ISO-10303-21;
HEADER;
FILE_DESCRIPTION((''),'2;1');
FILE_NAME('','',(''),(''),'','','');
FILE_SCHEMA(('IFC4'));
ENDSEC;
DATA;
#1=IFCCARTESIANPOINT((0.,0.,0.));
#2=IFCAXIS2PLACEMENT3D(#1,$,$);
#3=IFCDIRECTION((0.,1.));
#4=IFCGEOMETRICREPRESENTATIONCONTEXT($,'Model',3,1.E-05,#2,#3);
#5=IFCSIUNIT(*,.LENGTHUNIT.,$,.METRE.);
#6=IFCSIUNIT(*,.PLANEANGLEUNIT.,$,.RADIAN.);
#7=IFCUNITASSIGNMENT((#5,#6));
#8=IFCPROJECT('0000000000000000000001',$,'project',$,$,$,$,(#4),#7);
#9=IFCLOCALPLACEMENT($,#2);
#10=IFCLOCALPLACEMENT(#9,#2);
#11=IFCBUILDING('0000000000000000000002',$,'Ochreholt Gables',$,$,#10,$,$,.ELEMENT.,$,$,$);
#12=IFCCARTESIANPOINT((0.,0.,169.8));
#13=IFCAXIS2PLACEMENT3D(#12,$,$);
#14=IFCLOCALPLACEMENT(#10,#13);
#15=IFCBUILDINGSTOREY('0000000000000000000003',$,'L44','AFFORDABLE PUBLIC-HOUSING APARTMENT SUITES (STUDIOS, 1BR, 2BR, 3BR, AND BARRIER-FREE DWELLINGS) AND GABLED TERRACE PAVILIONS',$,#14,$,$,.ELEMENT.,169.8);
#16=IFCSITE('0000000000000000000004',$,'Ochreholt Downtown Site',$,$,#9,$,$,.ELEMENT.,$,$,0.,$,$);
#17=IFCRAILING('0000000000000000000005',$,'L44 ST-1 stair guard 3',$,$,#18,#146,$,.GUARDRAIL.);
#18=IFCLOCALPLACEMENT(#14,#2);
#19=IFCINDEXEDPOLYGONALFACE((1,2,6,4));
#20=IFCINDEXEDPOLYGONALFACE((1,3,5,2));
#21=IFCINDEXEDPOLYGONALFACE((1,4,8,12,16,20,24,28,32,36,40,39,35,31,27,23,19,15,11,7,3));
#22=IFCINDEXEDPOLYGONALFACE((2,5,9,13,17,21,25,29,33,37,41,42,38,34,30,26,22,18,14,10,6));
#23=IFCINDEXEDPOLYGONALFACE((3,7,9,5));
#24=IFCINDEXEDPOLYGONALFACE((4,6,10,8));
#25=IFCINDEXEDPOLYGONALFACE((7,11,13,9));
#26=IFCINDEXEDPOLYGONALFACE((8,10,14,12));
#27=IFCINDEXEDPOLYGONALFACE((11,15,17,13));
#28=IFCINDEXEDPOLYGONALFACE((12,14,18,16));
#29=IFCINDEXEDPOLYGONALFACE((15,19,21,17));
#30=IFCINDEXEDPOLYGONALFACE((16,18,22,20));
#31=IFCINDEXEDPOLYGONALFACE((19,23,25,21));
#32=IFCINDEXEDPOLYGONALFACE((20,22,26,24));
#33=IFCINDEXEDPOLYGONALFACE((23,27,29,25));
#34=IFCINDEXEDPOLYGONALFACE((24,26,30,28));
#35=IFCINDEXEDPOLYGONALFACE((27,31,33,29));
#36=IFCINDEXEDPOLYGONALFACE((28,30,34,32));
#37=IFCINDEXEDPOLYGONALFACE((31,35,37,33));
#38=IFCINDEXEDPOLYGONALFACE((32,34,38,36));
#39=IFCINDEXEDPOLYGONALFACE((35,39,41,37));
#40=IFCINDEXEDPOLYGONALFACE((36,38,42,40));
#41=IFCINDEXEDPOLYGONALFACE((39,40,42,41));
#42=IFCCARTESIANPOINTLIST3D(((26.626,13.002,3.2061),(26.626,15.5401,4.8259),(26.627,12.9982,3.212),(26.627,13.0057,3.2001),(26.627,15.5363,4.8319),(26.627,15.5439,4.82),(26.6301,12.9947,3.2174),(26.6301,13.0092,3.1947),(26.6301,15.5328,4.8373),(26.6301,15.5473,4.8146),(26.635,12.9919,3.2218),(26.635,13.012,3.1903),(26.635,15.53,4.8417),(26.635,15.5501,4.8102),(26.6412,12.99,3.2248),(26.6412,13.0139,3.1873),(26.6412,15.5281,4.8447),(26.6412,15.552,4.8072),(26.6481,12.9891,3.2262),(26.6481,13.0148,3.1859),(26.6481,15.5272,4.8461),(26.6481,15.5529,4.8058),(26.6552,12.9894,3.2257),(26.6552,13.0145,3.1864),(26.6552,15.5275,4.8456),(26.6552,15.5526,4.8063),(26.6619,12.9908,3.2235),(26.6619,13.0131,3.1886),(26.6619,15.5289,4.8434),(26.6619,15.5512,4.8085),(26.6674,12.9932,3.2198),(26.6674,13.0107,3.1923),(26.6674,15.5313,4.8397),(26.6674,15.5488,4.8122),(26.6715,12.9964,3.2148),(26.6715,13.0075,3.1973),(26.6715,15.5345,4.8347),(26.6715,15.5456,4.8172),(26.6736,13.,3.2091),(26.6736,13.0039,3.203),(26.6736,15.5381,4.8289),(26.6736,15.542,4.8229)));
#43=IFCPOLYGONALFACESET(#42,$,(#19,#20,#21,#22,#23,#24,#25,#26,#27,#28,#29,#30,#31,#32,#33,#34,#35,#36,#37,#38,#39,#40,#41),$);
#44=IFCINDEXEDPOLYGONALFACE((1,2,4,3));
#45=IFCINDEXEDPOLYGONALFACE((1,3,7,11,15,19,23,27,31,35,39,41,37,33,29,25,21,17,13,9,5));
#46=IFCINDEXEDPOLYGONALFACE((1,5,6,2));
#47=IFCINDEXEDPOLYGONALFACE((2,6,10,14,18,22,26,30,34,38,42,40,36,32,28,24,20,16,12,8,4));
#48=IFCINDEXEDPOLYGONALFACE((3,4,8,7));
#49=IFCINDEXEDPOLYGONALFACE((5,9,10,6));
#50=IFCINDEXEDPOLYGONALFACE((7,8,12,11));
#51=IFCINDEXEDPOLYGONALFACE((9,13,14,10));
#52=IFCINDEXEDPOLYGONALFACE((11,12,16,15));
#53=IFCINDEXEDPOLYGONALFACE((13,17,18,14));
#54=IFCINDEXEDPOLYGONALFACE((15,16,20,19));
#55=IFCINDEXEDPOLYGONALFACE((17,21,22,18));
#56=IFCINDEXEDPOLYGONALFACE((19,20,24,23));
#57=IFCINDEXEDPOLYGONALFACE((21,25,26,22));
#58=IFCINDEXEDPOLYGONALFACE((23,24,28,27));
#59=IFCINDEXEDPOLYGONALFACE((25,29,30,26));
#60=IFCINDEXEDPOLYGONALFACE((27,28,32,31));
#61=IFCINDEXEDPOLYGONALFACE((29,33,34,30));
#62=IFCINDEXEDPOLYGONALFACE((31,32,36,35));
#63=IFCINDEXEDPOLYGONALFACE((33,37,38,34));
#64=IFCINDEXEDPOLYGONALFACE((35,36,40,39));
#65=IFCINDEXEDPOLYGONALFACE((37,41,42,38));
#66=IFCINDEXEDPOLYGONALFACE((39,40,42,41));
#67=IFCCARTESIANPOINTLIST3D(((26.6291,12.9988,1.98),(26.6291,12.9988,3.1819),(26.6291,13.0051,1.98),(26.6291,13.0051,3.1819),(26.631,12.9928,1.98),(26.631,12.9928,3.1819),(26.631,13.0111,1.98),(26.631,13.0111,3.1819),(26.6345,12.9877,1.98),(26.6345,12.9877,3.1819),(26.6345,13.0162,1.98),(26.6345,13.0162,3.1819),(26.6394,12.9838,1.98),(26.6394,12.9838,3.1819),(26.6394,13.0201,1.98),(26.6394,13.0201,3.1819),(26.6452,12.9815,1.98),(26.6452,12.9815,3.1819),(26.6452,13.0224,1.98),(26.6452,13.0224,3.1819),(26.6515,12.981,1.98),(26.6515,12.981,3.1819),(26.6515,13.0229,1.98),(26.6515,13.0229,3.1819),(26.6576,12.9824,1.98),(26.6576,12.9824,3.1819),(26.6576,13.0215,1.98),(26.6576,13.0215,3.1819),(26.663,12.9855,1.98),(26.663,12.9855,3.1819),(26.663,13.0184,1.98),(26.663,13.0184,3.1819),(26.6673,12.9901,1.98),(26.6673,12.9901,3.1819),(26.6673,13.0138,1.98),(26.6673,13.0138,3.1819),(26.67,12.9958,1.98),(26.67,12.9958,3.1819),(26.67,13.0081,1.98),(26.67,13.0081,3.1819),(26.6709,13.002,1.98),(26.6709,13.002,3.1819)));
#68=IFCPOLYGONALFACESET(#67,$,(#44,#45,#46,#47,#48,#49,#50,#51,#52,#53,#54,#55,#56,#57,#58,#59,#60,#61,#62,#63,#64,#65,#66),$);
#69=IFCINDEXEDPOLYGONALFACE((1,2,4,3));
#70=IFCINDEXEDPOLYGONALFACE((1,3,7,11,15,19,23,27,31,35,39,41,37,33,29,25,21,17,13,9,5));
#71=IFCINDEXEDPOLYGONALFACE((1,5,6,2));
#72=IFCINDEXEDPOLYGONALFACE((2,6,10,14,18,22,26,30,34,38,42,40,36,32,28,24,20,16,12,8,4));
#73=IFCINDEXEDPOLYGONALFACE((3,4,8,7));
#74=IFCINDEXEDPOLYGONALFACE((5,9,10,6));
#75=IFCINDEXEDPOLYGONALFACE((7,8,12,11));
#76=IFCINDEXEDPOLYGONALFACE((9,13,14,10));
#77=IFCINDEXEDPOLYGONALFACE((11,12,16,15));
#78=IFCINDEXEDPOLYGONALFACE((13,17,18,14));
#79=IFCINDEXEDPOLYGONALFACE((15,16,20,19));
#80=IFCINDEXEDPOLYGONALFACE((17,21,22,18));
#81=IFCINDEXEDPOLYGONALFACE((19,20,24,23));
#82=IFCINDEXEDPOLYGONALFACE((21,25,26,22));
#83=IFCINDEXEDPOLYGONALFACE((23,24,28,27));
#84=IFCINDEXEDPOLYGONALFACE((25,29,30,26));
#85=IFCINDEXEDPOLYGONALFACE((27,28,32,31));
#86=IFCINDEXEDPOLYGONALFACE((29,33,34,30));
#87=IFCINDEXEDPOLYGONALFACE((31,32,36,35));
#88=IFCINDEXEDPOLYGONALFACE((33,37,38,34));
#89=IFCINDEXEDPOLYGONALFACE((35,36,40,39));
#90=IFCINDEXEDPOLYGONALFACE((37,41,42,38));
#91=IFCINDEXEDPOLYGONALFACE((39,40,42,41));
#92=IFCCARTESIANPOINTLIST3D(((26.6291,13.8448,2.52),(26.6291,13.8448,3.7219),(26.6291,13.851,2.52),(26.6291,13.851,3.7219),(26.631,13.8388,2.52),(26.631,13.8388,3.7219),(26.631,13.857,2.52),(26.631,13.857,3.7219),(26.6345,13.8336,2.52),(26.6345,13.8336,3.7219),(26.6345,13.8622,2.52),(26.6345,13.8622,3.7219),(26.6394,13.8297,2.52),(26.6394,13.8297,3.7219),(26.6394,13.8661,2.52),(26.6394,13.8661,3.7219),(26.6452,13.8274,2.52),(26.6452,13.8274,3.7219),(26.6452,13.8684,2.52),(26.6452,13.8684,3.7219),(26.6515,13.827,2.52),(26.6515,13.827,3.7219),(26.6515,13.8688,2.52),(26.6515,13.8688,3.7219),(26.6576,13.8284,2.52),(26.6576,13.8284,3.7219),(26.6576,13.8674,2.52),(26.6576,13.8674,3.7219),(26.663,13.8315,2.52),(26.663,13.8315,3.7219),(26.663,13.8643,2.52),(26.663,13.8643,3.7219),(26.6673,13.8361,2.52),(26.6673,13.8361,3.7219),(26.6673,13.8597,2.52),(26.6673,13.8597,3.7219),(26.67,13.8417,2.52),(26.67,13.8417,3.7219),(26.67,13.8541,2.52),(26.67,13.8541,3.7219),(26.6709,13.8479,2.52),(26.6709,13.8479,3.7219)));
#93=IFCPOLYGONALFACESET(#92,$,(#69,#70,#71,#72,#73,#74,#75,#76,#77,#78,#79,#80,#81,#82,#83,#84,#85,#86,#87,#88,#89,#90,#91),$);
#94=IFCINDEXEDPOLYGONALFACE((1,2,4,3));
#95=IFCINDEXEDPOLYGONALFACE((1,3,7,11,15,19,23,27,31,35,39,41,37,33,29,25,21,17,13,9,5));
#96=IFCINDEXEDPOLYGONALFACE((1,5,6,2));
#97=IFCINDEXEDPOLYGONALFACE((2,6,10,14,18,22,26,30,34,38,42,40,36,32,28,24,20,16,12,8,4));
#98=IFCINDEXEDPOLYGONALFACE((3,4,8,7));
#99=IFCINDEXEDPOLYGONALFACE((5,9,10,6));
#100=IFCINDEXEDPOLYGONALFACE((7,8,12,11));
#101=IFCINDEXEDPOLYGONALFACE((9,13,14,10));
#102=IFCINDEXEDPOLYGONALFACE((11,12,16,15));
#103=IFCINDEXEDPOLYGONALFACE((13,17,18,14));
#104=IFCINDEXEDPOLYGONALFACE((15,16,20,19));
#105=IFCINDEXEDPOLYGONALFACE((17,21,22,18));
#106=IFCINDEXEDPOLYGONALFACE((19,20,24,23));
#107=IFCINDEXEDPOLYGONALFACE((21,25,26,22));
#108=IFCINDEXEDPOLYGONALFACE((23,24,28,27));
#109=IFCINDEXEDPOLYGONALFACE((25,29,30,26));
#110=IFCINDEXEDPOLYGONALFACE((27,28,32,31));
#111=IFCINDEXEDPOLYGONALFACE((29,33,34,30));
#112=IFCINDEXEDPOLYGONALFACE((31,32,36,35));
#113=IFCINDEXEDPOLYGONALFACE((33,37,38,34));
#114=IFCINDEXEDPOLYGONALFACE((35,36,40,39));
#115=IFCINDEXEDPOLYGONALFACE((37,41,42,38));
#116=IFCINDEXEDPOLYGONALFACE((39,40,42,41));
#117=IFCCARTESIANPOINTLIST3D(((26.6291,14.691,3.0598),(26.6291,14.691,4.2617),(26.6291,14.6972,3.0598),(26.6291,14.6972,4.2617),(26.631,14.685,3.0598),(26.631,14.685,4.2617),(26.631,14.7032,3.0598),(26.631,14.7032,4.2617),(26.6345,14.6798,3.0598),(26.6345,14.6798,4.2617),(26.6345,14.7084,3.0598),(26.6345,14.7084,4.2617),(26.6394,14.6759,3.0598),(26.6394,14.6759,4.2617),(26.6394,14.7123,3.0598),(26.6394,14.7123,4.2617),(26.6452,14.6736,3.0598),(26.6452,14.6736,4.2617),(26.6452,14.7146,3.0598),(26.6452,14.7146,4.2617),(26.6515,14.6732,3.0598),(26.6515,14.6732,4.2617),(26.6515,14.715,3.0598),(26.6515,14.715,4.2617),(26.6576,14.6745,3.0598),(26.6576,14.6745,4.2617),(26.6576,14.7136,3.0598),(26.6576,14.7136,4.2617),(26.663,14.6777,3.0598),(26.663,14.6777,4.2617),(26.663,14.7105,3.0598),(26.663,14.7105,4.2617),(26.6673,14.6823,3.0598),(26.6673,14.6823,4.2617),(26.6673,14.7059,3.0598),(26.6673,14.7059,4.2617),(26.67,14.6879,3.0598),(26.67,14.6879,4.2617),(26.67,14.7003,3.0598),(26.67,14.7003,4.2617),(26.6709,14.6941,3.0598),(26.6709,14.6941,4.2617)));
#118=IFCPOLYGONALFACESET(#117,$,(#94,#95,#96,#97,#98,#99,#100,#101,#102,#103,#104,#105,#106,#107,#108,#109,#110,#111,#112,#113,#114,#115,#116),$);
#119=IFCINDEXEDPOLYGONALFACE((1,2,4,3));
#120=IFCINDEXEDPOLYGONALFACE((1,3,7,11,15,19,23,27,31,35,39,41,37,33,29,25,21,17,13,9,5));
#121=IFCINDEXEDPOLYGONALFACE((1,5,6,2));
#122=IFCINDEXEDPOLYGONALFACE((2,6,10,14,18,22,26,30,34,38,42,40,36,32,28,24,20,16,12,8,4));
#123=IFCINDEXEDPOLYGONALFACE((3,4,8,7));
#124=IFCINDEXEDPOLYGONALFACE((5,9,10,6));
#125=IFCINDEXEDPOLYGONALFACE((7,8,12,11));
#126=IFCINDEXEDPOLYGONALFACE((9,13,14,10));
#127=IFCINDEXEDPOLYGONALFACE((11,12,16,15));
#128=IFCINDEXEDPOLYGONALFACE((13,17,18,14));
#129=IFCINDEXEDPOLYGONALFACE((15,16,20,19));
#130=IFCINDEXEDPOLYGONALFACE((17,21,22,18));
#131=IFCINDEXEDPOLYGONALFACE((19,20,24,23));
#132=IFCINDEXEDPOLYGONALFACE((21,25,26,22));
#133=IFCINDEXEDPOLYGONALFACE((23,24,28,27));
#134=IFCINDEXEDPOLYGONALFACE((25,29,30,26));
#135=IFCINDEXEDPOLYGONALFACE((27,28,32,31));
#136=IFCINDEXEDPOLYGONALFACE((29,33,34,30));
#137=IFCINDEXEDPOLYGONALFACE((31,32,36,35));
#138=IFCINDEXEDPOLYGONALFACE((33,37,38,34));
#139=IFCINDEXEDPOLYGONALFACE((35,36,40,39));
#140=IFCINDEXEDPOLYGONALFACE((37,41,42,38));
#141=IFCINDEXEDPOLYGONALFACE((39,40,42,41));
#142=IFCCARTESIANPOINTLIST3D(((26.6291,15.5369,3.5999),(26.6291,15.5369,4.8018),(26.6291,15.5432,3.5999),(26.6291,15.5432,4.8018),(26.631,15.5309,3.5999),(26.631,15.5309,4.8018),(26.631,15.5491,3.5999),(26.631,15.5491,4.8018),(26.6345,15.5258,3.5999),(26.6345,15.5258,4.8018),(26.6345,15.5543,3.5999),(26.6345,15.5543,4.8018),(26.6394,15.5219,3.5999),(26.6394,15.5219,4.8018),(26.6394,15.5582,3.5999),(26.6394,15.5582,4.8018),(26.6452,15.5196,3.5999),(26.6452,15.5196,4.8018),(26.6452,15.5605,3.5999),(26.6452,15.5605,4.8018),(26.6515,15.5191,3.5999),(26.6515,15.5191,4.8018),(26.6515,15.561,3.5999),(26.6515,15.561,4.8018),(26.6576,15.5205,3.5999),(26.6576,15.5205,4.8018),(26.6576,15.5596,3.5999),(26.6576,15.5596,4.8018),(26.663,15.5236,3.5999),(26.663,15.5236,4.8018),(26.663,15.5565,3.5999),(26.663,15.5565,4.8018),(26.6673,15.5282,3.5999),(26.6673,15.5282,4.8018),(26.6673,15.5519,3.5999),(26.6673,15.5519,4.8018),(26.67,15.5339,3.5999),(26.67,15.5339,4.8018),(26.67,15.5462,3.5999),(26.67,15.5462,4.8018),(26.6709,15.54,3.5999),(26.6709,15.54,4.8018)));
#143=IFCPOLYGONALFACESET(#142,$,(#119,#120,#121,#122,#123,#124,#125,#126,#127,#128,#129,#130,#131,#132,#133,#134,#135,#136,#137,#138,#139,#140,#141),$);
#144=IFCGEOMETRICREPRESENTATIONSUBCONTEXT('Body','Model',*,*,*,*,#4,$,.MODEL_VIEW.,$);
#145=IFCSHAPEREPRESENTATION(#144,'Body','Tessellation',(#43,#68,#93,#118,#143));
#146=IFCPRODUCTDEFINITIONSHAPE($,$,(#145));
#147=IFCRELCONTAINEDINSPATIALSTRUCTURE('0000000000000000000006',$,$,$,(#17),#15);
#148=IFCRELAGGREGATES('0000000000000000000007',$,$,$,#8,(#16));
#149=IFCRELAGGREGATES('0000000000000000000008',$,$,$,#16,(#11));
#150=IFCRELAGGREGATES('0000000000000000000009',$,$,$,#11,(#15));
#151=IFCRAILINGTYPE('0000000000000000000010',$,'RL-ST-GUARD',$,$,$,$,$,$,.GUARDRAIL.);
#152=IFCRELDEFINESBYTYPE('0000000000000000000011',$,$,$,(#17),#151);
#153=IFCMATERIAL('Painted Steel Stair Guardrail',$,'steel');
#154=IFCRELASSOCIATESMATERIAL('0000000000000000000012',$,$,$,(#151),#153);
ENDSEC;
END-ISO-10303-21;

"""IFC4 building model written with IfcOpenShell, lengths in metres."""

from ifc_helpers import new_model, si_unit, direction, frame, origin, origin_2d, place, context, subcontext, project, spatial, circle, extrude, material, type_object, element, save


model = new_model("IFC4")

# Units and contexts
model_context = context("Model", 3, precision=1e-05, world=origin(), true_north=direction((0.0, 1.0)))
body_context = subcontext(model_context, "Body", "Model", "MODEL_VIEW")
ifc_project = project(units=[si_unit("LENGTHUNIT", "METRE"), si_unit("PLANEANGLEUNIT", "RADIAN")], contexts=[model_context])

# Site, building, storey
site_placement = place(None, origin())
site = spatial("IfcSite", under=ifc_project, at=site_placement, Name="Ochreholt Downtown Site", CompositionType="ELEMENT", RefElevation=0.0)
building_placement = place(site_placement, origin())
building = spatial("IfcBuilding", under=site, at=building_placement, Name="Ochreholt Gables", CompositionType="ELEMENT")
storey_placement = place(building_placement, frame((0.0, 0.0, 169.8)))
storey = spatial("IfcBuildingStorey", under=building, at=storey_placement, Name="L44", Description="AFFORDABLE PUBLIC-HOUSING APARTMENT SUITES (STUDIOS, 1BR, 2BR, 3BR, AND BARRIER-FREE DWELLINGS) AND GABLED TERRACE PAVILIONS", CompositionType="ELEMENT", Elevation=169.8)

# Railing
ifc_material_1 = material(Name="Painted Steel Stair Guardrail", Category="steel")
railing_type_1 = type_object("IfcRailingType", Name="RL-ST-GUARD", PredefinedType="GUARDRAIL", material=ifc_material_1)
railing_1_placement = place(storey_placement, frame((26.6499, 13.002, 1.98)))
element("IfcRailing", 1, at=railing_1_placement, inside=storey, type_object=railing_type_1, Name="L44 ST-1 stair guard 3", PredefinedType="GUARDRAIL", context=body_context, shape_type="SweptSolid", body=[
    extrude(circle(Radius=0.0239, at=origin_2d()), frame((0.0, 0.0, 1.2261), z_axis=(0.0, 0.84295, 0.537993), x_axis=(-1.0, 0.0, 0.0)), (0.0, 0.0, 1.0), 3.011),
    extrude(circle(Radius=0.021, at=origin_2d()), origin(), (0.0, 0.0, 1.0), 1.2019),
    extrude(circle(Radius=0.021, at=origin_2d()), frame((0.0, 0.8459, 0.54)), (0.0, 0.0, 1.0), 1.2019),
    extrude(circle(Radius=0.021, at=origin_2d()), frame((0.0, 1.6921, 1.0798)), (0.0, 0.0, 1.0), 1.2019),
    extrude(circle(Radius=0.021, at=origin_2d()), frame((0.0, 2.5381, 1.6199)), (0.0, 0.0, 1.0), 1.2019),
])

save(model, "model.ifc")
